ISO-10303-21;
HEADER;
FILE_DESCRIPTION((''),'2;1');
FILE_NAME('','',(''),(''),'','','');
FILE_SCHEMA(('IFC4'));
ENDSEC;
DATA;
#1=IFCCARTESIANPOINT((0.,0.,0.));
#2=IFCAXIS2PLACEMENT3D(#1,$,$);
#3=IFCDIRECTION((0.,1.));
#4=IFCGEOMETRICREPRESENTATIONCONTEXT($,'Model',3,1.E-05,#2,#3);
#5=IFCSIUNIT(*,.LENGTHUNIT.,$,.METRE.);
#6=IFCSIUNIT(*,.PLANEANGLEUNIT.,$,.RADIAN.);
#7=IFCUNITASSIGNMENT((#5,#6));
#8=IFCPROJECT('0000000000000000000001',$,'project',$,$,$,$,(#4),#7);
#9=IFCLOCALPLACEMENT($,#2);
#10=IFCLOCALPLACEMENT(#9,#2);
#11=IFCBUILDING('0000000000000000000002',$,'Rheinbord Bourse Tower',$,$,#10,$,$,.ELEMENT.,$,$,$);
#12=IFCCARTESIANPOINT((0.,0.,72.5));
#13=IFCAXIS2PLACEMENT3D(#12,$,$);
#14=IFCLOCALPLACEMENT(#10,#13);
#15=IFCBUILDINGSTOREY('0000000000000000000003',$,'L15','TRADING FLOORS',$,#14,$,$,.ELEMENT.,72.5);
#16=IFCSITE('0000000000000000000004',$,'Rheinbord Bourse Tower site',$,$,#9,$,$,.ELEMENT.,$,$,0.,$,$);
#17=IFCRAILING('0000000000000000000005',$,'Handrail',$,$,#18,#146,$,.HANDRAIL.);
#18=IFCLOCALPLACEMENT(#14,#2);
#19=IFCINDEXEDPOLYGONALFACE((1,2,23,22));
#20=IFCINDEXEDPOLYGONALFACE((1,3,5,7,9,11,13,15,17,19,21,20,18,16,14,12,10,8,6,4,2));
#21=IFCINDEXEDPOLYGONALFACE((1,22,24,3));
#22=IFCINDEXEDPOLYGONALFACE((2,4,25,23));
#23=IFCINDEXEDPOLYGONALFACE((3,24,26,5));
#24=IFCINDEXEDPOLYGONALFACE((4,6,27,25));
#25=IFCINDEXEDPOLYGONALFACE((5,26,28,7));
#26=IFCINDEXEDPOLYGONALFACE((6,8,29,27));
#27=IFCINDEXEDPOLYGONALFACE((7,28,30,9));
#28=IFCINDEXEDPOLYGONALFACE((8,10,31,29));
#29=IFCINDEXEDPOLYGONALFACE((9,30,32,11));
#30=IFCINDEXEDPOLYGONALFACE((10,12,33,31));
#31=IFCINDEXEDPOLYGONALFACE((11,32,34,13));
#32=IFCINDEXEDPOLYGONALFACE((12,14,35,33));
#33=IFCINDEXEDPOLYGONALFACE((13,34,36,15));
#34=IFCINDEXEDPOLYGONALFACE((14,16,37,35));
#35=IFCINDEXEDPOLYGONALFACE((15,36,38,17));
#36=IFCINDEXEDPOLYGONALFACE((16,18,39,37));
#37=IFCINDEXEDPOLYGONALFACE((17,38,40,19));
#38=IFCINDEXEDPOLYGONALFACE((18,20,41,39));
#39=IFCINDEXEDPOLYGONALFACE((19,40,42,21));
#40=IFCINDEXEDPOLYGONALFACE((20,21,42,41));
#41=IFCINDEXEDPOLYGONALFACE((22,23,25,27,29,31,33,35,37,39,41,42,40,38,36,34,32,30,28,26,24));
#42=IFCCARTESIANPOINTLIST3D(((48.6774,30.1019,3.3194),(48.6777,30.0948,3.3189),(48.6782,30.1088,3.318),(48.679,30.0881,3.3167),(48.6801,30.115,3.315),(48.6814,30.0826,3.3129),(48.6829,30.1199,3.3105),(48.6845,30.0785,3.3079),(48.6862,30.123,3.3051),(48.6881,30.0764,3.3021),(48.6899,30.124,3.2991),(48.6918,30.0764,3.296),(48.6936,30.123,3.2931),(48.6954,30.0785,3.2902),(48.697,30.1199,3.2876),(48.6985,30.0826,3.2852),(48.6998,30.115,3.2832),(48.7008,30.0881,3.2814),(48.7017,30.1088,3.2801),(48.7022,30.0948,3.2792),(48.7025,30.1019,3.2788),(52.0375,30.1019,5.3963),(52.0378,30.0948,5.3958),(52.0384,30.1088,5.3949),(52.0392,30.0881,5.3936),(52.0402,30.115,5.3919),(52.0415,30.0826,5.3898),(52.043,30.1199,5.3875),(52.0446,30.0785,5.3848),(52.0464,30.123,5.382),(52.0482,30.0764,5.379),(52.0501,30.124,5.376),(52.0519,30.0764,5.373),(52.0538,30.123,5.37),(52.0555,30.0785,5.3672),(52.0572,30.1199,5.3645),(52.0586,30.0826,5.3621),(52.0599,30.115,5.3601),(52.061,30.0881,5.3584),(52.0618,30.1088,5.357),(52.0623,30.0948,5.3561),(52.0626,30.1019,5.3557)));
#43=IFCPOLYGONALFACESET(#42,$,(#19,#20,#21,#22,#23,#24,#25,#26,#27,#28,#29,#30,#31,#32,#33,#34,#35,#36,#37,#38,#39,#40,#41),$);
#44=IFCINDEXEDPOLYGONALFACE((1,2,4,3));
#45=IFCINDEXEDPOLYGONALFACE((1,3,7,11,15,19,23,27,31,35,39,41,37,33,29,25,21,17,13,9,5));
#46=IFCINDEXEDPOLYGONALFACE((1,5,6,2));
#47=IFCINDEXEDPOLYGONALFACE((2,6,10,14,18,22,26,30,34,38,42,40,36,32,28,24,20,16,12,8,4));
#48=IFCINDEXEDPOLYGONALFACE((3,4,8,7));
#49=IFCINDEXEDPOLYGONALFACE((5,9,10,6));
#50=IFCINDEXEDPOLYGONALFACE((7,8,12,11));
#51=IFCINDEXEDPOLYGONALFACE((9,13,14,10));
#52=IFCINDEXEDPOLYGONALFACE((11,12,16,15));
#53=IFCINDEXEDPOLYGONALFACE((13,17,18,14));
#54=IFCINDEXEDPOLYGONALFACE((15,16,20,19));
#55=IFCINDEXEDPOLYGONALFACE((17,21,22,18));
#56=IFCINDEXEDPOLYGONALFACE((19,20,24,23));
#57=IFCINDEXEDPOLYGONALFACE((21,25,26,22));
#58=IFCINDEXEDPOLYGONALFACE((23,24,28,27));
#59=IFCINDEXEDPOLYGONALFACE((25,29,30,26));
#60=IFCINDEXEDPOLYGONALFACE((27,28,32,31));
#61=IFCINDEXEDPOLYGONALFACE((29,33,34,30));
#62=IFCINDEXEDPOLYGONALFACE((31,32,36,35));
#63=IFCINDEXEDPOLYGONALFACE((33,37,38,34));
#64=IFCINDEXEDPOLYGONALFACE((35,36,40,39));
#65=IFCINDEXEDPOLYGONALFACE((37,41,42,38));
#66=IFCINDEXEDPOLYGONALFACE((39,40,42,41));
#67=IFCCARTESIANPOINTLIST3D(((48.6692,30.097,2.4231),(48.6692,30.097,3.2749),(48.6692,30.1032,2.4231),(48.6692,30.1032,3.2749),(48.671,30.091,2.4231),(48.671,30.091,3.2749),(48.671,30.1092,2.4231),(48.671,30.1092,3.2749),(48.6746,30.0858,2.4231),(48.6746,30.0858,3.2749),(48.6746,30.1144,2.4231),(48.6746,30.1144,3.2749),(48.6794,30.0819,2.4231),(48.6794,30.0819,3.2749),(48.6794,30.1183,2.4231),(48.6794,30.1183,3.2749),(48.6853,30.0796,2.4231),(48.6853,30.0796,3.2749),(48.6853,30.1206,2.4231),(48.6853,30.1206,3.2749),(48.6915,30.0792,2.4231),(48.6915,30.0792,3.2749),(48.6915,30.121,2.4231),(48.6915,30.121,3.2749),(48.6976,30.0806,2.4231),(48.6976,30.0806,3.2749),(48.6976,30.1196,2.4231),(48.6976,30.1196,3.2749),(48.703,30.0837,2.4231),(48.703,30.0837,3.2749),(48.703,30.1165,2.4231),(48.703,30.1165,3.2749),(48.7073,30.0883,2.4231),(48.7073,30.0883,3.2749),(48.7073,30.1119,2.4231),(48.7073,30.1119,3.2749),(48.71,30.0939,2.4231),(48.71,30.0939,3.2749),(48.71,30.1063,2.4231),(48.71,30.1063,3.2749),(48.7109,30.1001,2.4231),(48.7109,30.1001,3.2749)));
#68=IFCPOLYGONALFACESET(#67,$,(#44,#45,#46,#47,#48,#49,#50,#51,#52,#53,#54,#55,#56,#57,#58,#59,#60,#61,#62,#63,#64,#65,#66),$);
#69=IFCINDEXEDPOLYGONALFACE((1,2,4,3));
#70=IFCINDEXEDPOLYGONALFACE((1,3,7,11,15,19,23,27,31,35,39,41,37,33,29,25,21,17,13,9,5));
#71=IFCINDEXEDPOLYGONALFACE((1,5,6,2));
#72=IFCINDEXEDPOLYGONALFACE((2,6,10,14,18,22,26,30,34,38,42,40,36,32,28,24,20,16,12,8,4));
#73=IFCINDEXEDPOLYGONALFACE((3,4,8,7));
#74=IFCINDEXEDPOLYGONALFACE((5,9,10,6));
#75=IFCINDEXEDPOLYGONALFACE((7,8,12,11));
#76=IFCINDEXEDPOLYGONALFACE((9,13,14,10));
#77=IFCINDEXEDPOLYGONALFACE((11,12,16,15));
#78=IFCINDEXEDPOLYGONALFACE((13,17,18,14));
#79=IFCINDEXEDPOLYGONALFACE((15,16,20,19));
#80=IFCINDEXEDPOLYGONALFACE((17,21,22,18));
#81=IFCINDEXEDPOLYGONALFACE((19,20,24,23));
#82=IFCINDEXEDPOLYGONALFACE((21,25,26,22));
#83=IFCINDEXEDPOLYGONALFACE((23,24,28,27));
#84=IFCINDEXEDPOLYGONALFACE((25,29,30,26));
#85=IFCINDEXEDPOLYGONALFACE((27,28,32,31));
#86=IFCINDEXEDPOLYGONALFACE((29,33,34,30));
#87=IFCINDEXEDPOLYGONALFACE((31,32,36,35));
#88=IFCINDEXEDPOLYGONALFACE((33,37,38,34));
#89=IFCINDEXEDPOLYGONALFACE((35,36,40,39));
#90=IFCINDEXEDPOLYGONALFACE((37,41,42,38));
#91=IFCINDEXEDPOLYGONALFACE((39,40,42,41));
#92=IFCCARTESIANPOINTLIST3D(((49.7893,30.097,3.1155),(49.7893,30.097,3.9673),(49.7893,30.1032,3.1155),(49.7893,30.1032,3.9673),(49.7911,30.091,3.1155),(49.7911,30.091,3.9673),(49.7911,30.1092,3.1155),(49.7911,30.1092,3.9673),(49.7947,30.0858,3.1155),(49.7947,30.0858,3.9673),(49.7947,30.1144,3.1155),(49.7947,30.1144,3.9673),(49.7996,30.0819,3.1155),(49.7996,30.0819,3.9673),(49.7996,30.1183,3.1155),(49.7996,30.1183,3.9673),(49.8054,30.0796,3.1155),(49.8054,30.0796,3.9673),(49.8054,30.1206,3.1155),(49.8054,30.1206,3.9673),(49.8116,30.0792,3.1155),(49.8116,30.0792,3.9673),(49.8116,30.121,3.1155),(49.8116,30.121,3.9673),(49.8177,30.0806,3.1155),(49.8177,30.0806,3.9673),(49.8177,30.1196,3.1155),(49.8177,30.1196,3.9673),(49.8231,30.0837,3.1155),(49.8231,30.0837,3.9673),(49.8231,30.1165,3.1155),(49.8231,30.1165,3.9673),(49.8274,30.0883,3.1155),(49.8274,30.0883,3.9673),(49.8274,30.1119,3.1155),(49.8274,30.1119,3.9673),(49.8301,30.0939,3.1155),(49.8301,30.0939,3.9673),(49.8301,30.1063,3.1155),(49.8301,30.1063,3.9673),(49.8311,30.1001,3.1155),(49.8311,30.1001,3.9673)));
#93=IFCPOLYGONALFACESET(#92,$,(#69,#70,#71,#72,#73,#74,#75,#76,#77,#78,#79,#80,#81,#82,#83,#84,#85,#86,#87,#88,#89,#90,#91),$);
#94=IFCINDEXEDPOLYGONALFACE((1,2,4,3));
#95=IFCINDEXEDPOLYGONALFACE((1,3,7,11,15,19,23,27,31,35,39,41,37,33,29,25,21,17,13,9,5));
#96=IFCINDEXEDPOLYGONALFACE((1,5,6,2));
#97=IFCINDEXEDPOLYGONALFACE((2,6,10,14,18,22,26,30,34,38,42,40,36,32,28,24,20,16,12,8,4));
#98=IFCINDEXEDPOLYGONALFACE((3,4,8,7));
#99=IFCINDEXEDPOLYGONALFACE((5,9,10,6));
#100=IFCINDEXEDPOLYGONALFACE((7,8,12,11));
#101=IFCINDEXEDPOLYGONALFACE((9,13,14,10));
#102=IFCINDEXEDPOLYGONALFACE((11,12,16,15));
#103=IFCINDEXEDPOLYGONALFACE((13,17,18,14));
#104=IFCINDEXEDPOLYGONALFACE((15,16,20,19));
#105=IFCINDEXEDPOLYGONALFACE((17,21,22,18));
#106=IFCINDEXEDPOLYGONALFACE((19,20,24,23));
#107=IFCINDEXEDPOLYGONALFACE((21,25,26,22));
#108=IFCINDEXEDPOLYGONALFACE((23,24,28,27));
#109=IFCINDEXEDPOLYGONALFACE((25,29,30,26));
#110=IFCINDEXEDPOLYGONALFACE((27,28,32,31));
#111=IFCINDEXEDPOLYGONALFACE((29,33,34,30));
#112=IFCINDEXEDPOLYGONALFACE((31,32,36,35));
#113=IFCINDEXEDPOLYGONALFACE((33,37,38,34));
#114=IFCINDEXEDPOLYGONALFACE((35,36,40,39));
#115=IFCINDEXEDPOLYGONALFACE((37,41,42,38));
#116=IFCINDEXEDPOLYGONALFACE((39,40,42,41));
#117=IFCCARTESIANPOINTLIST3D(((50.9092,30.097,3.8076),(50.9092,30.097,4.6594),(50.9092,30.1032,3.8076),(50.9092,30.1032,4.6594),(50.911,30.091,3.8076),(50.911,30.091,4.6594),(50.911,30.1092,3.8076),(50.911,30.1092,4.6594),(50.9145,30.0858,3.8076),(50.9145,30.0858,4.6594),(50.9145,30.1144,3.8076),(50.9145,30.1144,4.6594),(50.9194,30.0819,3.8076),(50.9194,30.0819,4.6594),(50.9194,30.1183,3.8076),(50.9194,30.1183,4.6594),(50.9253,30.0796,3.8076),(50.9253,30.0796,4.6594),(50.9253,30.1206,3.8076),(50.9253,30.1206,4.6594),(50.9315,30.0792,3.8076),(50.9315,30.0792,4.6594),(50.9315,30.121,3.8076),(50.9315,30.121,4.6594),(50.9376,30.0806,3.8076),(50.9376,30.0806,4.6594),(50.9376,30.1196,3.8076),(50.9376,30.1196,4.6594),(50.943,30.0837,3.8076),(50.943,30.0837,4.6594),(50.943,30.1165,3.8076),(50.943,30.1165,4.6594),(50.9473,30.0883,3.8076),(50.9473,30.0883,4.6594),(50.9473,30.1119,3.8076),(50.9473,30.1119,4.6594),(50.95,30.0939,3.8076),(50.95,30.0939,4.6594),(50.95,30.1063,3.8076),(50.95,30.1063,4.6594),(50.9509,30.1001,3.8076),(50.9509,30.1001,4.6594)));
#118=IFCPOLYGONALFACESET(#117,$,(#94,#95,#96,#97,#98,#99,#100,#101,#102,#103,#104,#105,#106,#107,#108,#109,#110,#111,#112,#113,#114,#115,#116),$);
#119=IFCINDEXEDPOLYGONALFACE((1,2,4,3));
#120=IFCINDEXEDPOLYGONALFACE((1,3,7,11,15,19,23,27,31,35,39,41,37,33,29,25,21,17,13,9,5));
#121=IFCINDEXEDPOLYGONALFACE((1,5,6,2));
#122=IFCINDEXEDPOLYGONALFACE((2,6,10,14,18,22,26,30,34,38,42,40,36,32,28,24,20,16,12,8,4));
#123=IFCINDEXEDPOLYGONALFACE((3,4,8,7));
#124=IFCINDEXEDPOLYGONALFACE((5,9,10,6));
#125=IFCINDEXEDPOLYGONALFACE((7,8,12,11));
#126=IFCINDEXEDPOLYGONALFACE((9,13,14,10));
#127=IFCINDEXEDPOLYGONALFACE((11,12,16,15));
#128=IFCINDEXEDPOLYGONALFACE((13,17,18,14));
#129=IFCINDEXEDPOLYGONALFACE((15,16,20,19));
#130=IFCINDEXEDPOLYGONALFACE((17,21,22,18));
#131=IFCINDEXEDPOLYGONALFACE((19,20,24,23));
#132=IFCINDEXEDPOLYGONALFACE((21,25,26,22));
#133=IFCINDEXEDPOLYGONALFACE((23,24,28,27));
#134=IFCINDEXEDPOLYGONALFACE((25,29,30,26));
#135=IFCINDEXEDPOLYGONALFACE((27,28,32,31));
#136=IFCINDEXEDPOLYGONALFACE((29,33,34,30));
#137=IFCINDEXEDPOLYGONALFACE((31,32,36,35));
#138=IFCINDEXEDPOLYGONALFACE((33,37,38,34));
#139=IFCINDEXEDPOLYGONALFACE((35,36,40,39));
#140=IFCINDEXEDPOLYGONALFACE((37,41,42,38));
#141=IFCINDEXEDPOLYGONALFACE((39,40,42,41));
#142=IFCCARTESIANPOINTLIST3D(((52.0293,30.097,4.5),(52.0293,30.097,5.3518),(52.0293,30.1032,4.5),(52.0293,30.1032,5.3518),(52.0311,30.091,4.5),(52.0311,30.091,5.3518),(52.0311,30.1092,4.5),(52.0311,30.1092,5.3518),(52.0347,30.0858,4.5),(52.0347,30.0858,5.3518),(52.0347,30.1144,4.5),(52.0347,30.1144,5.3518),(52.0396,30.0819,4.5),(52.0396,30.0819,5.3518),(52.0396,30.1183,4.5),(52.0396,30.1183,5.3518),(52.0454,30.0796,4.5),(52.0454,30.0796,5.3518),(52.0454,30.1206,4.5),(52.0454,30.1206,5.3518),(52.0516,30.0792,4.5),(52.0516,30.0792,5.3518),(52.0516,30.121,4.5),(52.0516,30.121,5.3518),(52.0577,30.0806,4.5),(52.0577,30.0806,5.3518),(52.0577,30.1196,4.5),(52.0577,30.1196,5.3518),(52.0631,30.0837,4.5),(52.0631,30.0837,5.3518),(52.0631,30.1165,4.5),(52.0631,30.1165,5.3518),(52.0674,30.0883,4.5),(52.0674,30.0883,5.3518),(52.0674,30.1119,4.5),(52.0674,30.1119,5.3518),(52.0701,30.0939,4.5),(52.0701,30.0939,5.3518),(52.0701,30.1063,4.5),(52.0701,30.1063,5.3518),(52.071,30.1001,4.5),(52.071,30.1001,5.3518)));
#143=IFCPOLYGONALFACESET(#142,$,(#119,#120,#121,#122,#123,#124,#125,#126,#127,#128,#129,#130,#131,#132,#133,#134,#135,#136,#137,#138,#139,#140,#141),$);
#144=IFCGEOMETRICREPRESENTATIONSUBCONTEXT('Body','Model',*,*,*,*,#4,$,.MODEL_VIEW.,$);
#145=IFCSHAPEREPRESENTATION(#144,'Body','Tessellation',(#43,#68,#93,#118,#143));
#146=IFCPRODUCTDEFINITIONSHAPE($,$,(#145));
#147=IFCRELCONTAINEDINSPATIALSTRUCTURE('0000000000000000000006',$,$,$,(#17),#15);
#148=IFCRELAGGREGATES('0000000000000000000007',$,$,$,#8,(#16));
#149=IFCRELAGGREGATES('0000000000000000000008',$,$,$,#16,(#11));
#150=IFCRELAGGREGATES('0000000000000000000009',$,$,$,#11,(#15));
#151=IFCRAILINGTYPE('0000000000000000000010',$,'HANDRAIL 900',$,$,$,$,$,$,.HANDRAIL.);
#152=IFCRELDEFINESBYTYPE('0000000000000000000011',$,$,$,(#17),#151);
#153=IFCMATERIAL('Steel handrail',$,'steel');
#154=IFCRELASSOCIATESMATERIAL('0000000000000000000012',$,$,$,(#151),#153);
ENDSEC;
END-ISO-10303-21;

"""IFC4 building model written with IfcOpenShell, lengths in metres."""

from ifc_helpers import new_model, si_unit, direction, frame, origin, origin_2d, place, context, subcontext, project, spatial, circle, extrude, material, type_object, element, save


model = new_model("IFC4")

# Units and contexts
model_context = context("Model", 3, precision=1e-05, world=origin(), true_north=direction((0.0, 1.0)))
body_context = subcontext(model_context, "Body", "Model", "MODEL_VIEW")
ifc_project = project(units=[si_unit("LENGTHUNIT", "METRE"), si_unit("PLANEANGLEUNIT", "RADIAN")], contexts=[model_context])

# Site, building, storey
site_placement = place(None, origin())
site = spatial("IfcSite", under=ifc_project, at=site_placement, Name="Rheinbord Bourse Tower site", CompositionType="ELEMENT", RefElevation=0.0)
building_placement = place(site_placement, origin())
building = spatial("IfcBuilding", under=site, at=building_placement, Name="Rheinbord Bourse Tower", CompositionType="ELEMENT")
storey_placement = place(building_placement, frame((0.0, 0.0, 72.5)))
storey = spatial("IfcBuildingStorey", under=building, at=storey_placement, Name="L15", Description="TRADING FLOORS", CompositionType="ELEMENT", Elevation=72.5)

# Railing
ifc_material_1 = material(Name="Steel handrail", Category="steel")
railing_type = type_object("IfcRailingType", Name="HANDRAIL 900", PredefinedType="HANDRAIL", material=ifc_material_1)
railing_1_placement = place(storey_placement, frame((48.6899, 30.1001, 2.4231)))
element("IfcRailing", 1, at=railing_1_placement, inside=storey, type_object=railing_type, Name="Handrail", PredefinedType="HANDRAIL", context=body_context, shape_type="SweptSolid", body=[
    extrude(circle(Radius=0.0239, at=origin_2d()), frame((0.0, 0.0, 0.876), z_axis=(0.850623, 0.0, 0.525776), x_axis=(0.0, 1.0, 0.0)), (0.0, 0.0, 1.0), 3.9502),
    extrude(circle(Radius=0.021, at=origin_2d()), origin(), (0.0, 0.0, 1.0), 0.8518),
    extrude(circle(Radius=0.021, at=origin_2d()), frame((1.1201, 0.0, 0.6924)), (0.0, 0.0, 1.0), 0.8518),
    extrude(circle(Radius=0.021, at=origin_2d()), frame((2.24, 0.0, 1.3845)), (0.0, 0.0, 1.0), 0.8518),
    extrude(circle(Radius=0.021, at=origin_2d()), frame((3.3601, 0.0, 2.0769)), (0.0, 0.0, 1.0), 0.8518),
])

save(model, "model.ifc")
